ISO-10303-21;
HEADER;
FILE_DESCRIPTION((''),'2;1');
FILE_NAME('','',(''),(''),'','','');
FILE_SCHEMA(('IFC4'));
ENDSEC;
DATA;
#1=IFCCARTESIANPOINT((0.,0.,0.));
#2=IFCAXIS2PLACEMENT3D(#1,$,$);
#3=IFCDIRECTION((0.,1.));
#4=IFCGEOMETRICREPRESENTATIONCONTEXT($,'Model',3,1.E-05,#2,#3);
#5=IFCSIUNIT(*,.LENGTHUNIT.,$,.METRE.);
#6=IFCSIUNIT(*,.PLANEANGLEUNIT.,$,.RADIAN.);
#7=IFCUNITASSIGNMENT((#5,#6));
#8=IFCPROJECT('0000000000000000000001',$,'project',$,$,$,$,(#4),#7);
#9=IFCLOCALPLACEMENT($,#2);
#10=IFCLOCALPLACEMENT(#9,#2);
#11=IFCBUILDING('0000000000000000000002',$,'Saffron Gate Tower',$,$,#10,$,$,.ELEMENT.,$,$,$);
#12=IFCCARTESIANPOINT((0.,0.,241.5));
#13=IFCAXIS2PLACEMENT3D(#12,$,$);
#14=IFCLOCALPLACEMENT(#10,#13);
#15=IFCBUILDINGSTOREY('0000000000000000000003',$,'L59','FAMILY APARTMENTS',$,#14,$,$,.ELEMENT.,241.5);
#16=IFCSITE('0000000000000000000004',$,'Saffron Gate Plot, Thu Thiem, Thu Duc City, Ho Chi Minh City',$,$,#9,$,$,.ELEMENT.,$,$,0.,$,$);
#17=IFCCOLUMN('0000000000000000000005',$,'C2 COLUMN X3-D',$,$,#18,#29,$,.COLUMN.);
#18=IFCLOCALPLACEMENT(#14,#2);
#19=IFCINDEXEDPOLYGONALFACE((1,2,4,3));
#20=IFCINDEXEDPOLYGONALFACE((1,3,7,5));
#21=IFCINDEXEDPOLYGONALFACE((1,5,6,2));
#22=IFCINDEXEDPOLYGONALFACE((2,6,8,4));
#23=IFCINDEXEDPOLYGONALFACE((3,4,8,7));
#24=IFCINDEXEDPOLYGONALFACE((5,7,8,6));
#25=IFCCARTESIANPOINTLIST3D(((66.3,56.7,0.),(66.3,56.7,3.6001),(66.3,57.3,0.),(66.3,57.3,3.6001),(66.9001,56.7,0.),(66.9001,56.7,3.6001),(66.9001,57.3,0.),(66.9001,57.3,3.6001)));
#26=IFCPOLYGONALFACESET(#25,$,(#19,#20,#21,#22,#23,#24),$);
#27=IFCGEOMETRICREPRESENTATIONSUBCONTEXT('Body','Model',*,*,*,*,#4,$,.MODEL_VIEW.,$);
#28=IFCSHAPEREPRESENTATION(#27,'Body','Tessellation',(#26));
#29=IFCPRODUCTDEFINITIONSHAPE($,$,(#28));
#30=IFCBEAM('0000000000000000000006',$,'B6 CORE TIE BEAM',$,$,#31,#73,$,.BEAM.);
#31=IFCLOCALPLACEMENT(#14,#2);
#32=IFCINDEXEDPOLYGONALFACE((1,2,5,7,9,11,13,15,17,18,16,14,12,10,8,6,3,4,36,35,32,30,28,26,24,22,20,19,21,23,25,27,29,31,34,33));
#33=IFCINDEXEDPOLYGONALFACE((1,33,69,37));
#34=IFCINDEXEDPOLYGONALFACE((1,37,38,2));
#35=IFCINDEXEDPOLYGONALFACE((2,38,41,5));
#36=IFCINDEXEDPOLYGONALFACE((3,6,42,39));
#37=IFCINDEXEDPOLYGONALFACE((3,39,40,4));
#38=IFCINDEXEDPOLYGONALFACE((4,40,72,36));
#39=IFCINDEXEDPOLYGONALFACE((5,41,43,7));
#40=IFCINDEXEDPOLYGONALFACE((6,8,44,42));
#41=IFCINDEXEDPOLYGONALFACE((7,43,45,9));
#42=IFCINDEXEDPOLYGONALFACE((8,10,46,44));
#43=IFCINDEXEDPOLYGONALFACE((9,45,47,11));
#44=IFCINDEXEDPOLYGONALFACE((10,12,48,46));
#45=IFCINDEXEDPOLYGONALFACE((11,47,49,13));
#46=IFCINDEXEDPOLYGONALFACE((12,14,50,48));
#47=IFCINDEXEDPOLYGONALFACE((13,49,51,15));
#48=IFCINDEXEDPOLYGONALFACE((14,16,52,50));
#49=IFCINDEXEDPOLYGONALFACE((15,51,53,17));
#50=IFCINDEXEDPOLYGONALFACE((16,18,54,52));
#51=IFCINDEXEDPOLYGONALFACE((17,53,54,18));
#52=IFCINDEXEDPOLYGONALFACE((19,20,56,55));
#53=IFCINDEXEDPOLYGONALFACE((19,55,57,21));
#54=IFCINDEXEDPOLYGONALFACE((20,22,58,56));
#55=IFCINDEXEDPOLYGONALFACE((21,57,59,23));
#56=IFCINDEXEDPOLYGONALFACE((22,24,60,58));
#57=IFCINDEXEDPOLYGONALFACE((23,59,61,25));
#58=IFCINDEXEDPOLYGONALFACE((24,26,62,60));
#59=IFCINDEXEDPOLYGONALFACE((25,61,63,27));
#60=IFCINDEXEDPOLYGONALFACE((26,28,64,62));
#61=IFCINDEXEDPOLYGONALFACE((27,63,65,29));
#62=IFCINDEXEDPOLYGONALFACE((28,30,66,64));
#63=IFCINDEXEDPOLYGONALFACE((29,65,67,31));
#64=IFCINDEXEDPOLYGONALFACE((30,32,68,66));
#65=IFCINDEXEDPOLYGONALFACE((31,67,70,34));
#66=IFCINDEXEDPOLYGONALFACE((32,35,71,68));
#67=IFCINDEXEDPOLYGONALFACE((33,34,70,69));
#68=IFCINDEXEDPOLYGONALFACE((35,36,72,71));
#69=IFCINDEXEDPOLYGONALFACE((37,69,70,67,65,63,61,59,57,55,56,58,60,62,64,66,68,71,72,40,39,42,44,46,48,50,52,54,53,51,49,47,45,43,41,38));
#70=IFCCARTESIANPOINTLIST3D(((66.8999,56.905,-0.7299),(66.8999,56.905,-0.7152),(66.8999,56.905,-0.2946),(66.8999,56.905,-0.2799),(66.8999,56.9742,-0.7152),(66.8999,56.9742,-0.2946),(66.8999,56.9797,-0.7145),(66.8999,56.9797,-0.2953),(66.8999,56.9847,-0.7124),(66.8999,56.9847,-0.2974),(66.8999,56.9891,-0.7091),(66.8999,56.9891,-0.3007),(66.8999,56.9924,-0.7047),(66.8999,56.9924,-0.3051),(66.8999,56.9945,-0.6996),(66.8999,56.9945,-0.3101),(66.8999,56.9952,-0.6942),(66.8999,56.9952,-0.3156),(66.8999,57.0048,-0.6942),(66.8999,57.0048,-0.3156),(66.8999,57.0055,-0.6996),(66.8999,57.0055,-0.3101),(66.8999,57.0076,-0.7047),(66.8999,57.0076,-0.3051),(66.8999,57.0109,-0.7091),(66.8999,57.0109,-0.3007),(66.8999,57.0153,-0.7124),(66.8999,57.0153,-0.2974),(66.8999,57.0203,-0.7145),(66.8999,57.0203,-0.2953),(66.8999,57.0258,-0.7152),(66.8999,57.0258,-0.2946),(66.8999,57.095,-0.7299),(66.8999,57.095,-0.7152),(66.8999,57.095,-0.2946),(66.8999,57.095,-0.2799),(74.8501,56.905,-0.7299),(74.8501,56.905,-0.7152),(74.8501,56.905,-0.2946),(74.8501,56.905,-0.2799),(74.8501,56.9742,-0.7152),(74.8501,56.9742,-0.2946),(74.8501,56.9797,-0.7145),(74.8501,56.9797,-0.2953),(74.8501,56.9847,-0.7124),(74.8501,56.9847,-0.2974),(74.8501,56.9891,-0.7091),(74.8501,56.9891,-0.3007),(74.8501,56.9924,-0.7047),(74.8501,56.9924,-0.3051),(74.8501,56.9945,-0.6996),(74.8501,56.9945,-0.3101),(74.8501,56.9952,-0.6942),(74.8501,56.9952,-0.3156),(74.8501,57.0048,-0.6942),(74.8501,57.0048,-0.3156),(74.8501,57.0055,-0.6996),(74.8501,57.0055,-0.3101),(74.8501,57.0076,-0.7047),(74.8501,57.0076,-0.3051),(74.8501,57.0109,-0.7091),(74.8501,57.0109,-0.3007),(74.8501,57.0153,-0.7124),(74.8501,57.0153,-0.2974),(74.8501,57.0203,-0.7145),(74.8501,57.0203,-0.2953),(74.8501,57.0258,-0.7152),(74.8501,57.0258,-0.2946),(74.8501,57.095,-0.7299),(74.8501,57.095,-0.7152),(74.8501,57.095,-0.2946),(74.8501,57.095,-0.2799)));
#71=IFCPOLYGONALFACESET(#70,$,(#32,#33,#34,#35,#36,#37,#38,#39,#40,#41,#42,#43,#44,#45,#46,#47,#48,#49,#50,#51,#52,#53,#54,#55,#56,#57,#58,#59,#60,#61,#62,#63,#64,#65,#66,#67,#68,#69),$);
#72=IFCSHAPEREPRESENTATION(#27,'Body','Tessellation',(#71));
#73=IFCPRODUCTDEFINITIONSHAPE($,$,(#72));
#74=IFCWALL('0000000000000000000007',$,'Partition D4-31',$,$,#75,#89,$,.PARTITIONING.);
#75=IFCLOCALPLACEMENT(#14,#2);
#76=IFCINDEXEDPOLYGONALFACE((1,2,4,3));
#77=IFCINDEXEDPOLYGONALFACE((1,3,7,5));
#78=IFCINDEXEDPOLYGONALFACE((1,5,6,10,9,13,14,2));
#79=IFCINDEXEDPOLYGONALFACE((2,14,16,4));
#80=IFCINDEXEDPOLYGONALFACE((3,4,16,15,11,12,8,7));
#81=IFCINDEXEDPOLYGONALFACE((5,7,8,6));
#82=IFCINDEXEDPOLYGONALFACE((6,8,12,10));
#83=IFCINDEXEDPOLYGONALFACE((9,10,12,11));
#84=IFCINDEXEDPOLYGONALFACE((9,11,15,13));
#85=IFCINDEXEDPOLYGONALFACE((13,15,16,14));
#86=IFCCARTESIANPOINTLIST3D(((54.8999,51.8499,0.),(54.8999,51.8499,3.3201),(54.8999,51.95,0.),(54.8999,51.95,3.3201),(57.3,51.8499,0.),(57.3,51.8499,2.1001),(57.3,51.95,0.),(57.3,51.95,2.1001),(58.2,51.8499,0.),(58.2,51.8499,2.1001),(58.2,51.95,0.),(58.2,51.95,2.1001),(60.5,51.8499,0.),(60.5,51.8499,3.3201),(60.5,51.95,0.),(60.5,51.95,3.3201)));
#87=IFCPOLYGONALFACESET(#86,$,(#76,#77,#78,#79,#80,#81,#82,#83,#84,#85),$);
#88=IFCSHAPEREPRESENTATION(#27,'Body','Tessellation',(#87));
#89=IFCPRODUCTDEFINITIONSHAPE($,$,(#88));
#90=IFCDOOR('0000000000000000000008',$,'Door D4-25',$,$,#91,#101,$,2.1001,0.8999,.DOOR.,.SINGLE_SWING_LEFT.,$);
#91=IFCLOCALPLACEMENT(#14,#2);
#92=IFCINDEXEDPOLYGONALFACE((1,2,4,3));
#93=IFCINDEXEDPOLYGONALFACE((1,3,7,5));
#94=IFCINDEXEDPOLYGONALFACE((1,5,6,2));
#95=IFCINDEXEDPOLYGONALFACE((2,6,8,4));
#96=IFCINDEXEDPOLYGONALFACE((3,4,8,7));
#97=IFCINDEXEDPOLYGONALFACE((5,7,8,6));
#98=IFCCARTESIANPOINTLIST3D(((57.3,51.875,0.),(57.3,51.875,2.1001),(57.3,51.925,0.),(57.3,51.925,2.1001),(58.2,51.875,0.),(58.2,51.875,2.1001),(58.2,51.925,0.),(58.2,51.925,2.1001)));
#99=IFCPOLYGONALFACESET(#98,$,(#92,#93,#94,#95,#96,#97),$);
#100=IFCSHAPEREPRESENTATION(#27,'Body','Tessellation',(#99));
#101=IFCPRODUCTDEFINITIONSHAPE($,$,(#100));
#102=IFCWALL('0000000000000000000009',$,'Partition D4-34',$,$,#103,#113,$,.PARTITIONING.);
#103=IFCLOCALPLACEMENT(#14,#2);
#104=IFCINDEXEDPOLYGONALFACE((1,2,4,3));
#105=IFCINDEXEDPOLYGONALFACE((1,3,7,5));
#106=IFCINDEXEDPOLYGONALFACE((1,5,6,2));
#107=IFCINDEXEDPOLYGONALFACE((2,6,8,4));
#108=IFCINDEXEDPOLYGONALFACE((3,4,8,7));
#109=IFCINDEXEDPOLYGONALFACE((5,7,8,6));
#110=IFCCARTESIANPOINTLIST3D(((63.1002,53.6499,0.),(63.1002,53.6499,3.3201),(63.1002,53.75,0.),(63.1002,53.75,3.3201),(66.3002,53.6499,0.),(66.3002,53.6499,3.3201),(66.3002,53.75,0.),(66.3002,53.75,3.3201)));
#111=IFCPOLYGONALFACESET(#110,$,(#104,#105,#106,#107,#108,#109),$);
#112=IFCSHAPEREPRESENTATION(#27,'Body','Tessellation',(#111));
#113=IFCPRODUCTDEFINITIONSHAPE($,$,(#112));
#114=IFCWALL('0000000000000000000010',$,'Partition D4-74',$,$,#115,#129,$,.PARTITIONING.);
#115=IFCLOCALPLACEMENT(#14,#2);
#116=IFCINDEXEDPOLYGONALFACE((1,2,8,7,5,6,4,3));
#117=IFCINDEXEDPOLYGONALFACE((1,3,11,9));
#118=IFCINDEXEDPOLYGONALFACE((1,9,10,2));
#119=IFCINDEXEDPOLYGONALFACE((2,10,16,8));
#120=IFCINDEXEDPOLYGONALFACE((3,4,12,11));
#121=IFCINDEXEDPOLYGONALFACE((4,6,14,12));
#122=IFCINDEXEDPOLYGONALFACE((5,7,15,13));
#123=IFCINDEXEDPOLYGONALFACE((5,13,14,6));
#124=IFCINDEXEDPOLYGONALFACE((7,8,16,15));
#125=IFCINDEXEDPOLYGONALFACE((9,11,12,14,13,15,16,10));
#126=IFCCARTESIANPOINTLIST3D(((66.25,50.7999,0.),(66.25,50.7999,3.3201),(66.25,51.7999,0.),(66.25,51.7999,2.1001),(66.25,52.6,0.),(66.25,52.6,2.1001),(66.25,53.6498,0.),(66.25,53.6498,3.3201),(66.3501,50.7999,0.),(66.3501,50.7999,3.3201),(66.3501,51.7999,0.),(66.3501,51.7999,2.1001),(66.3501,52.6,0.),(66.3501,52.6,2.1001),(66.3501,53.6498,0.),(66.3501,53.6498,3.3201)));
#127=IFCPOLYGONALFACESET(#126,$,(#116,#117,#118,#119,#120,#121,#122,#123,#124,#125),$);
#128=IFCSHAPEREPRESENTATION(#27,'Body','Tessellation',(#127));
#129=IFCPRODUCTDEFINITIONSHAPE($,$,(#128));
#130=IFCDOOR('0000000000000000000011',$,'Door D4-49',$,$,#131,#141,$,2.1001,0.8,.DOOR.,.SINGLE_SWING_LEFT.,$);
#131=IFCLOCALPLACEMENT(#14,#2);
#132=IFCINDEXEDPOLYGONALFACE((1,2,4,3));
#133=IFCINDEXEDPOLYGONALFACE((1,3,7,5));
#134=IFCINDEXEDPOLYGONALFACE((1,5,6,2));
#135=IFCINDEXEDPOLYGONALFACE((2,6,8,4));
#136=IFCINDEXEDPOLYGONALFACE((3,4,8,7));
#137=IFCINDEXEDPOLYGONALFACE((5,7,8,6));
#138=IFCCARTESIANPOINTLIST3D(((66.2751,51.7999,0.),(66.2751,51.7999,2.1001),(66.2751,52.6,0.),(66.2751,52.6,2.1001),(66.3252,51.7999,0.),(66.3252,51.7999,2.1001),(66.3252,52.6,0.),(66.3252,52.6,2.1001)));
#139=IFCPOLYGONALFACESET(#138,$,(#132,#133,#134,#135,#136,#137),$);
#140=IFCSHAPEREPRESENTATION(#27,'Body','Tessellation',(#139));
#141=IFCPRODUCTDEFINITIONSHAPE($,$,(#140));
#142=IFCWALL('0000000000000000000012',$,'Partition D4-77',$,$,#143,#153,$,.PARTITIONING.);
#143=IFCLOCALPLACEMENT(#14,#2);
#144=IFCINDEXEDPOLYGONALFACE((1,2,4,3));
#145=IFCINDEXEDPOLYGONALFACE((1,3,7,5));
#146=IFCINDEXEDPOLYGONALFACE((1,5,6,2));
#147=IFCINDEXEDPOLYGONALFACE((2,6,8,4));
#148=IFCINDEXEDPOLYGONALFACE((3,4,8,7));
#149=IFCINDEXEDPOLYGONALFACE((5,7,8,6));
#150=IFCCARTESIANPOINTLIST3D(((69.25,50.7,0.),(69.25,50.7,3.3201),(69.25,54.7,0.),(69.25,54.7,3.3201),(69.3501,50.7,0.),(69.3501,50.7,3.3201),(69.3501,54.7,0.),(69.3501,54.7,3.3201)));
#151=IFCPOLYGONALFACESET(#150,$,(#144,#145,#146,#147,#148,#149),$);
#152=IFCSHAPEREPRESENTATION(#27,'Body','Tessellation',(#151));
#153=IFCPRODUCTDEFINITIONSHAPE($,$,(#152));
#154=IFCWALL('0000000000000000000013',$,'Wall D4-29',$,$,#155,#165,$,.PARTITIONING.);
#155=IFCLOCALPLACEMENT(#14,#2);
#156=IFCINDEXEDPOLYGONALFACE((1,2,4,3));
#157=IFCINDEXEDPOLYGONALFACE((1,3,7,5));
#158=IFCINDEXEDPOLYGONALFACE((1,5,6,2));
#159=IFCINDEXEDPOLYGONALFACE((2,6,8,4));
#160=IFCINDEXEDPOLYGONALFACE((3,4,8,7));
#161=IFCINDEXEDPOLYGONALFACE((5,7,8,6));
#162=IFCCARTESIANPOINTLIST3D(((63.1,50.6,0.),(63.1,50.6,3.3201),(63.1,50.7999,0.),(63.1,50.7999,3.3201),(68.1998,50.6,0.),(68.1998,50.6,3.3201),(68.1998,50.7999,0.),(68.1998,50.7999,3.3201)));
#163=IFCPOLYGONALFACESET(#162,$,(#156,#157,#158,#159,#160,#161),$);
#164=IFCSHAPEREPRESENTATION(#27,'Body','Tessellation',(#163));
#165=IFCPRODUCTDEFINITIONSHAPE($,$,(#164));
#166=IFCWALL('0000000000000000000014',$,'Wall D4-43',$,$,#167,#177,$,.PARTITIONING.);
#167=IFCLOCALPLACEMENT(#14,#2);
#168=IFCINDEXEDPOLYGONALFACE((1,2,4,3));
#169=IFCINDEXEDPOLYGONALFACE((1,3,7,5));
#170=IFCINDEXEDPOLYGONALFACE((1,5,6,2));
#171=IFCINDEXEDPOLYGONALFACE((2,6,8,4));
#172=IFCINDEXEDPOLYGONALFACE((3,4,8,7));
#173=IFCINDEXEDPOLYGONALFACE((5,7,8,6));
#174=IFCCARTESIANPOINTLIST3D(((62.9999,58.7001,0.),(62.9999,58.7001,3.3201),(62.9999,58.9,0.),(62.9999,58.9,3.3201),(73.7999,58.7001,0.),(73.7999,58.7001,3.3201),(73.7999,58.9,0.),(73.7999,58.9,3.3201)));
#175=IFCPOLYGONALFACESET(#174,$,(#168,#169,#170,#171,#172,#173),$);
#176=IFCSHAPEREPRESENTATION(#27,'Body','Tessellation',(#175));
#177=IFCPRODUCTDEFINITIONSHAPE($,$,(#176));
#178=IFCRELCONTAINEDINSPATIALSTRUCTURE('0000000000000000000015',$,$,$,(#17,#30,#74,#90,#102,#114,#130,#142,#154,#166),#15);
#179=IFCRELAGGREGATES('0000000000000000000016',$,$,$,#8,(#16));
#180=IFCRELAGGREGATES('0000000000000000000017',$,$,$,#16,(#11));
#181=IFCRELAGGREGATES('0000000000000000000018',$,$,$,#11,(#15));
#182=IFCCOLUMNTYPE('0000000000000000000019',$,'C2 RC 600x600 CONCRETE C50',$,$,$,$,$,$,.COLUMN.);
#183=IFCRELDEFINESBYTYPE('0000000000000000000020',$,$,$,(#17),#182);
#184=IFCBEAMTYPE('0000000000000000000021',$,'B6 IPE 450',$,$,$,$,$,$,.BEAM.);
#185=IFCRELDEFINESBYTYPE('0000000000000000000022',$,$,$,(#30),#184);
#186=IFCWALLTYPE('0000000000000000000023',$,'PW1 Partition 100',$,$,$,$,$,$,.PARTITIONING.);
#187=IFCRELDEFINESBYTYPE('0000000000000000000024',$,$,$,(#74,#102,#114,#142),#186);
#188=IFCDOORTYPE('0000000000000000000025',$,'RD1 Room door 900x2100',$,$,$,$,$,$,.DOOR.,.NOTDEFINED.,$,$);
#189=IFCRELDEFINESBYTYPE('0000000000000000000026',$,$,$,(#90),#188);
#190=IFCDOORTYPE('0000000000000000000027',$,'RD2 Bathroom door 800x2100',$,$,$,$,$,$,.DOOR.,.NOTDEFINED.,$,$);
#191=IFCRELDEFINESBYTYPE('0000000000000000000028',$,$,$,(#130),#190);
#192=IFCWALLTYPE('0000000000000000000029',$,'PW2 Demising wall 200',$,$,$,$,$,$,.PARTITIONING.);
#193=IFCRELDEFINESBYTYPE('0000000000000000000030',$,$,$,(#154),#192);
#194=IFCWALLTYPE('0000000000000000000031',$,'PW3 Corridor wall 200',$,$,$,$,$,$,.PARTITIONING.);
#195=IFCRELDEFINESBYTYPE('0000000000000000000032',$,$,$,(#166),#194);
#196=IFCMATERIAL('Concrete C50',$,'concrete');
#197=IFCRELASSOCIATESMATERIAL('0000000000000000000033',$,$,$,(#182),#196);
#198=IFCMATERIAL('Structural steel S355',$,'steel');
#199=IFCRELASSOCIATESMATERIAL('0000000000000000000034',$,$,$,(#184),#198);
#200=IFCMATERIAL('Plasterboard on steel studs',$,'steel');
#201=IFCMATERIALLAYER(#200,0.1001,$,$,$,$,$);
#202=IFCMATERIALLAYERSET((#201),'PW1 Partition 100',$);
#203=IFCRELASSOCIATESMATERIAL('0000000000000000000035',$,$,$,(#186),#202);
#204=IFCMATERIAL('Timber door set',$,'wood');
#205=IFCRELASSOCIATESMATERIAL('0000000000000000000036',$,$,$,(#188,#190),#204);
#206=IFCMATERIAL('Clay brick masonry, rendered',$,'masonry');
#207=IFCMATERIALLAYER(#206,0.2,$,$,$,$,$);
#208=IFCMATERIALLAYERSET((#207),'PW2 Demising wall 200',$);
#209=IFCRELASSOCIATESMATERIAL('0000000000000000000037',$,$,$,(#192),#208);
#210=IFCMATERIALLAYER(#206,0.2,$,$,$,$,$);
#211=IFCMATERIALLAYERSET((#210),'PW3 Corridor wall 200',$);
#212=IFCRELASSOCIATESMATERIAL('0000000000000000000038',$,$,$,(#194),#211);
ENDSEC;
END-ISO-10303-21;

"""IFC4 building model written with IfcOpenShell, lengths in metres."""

from ifc_helpers import new_model, si_unit, direction, frame, frame_2d, origin, origin_2d, place, context, subcontext, project, spatial, rectangle, i_section, extrude, material, layer, layer_set, material_profile, profile_set, type_object, element, fill, save


model = new_model("IFC4")

# Units and contexts
model_context = context("Model", 3, precision=1e-05, world=origin(), true_north=direction((0.0, 1.0)))
body_context = subcontext(model_context, "Body", "Model", "MODEL_VIEW")
ifc_project = project(units=[si_unit("LENGTHUNIT", "METRE"), si_unit("PLANEANGLEUNIT", "RADIAN")], contexts=[model_context])

# Site, building, storey
site_placement = place(None, origin())
site = spatial("IfcSite", under=ifc_project, at=site_placement, Name="Saffron Gate Plot, Thu Thiem, Thu Duc City, Ho Chi Minh City", CompositionType="ELEMENT", RefElevation=0.0)
building_placement = place(site_placement, origin())
building = spatial("IfcBuilding", under=site, at=building_placement, Name="Saffron Gate Tower", CompositionType="ELEMENT")
storey_placement = place(building_placement, frame((0.0, 0.0, 241.5)))
storey = spatial("IfcBuildingStorey", under=building, at=storey_placement, Name="L59", Description="FAMILY APARTMENTS", CompositionType="ELEMENT", Elevation=241.5)

# Column
ifc_material_1 = material(Name="Concrete C50", Category="concrete")
ifc_material_profile_1 = material_profile(ifc_material_1, rectangle(XDim=0.6001, YDim=0.6001, at=origin_2d()))
ifc_profile_set_1 = profile_set([ifc_material_profile_1], Name="Concrete C50")
column_type = type_object("IfcColumnType", Name="C2 RC 600x600 CONCRETE C50", PredefinedType="COLUMN", material=ifc_profile_set_1)
column_placement = place(storey_placement, frame((66.6001, 57.0, 0.0), z_axis=(0.0, 0.0, 1.0), x_axis=(1.0, 0.0, 0.0)))
element("IfcColumn", 1, at=column_placement, inside=storey, type_object=column_type, Name="C2 COLUMN X3-D", PredefinedType="COLUMN", context=body_context, shape_type="SweptSolid", body=[
    extrude(rectangle(XDim=0.6001, YDim=0.6001, at=origin_2d()), origin(), (0.0, 0.0, 1.0), 3.6001),
])

# Beam
ifc_material_2 = material(Name="Structural steel S355", Category="steel")
ifc_material_profile_2 = material_profile(ifc_material_2, i_section(OverallWidth=0.1899, OverallDepth=0.45, WebThickness=0.0095, FlangeThickness=0.0146, FilletRadius=0.021, at=origin_2d()))
ifc_profile_set_2 = profile_set([ifc_material_profile_2], Name="Structural steel S355")
beam_type = type_object("IfcBeamType", Name="B6 IPE 450", PredefinedType="BEAM", material=ifc_profile_set_2)
beam_placement = place(storey_placement, frame((66.8999, 57.0, -0.5049), z_axis=(1.0, 0.0, 0.0), x_axis=(0.0, 1.0, 0.0)))
element("IfcBeam", 2, at=beam_placement, inside=storey, type_object=beam_type, Name="B6 CORE TIE BEAM", PredefinedType="BEAM", context=body_context, shape_type="SweptSolid", body=[
    extrude(i_section(OverallWidth=0.1899, OverallDepth=0.45, WebThickness=0.0095, FlangeThickness=0.0146, FilletRadius=0.021, at=origin_2d()), origin(), (0.0, 0.0, 1.0), 7.9502),
])

# Wall, opening, door
ifc_material_3 = material(Name="Plasterboard on steel studs", Category="steel")
ifc_layer_1 = layer(ifc_material_3, 0.1001)
ifc_layer_set_1 = layer_set([ifc_layer_1], Name="PW1 Partition 100")
wall_type_1 = type_object("IfcWallType", Name="PW1 Partition 100", PredefinedType="PARTITIONING", material=ifc_layer_set_1)
wall_1_placement = place(storey_placement, frame((60.5, 51.8999, 0.0), z_axis=(0.0, 0.0, 1.0), x_axis=(-1.0, 0.0, 0.0)))
wall_1 = element("IfcWall", 3, at=wall_1_placement, inside=storey, type_object=wall_type_1, Name="Partition D4-31", PredefinedType="PARTITIONING", context=body_context, shape_type="SweptSolid", body=[
    extrude(rectangle(XDim=5.6001, YDim=0.1001, at=frame_2d((2.8, 0.0))), origin(), (0.0, 0.0, 1.0), 3.3201),
])
opening_1_placement = place(wall_1_placement, frame((2.3, 0.0, 0.0)))
opening_1 = element("IfcOpeningElement", 4, at=opening_1_placement, cuts=wall_1, PredefinedType="OPENING", context=body_context, shape_type="SweptSolid", body=[
    extrude(rectangle(XDim=0.8999, YDim=2.1001, at=frame_2d((0.45, 1.05))), frame((0.0, 0.0601, 0.0), z_axis=(0.0, -1.0, 0.0), x_axis=(1.0, 0.0, 0.0)), (0.0, 0.0, 1.0), 0.1201),
])
ifc_material_4 = material(Name="Timber door set", Category="wood")
door_type_1 = type_object("IfcDoorType", Name="RD1 Room door 900x2100", OperationType="NOTDEFINED", PredefinedType="DOOR", material=ifc_material_4)
door_1_placement = place(opening_1_placement, origin())
door_1 = element("IfcDoor", 5, at=door_1_placement, inside=storey, type_object=door_type_1, Name="Door D4-25", OperationType="SINGLE_SWING_LEFT", OverallHeight=2.1001, OverallWidth=0.8999, PredefinedType="DOOR", context=body_context, shape_type="SweptSolid", body=[
    extrude(rectangle(XDim=0.8999, YDim=2.1001, at=frame_2d((0.45, 1.05))), frame((0.0, 0.0249, 0.0), z_axis=(0.0, -1.0, 0.0), x_axis=(1.0, 0.0, 0.0)), (0.0, 0.0, 1.0), 0.05),
])
fill(opening_1, door_1)

# Wall
wall_2_placement = place(storey_placement, frame((63.1001, 53.7, 0.0), z_axis=(0.0, 0.0, 1.0), x_axis=(1.0, 0.0, 0.0)))
element("IfcWall", 6, at=wall_2_placement, inside=storey, type_object=wall_type_1, Name="Partition D4-34", PredefinedType="PARTITIONING", context=body_context, shape_type="SweptSolid", body=[
    extrude(rectangle(XDim=3.2, YDim=0.1001, at=frame_2d((1.6001, 0.0))), origin(), (0.0, 0.0, 1.0), 3.3201),
])

# Wall, opening, door
wall_3_placement = place(storey_placement, frame((66.3, 50.8, 0.0), z_axis=(0.0, 0.0, 1.0), x_axis=(0.0, 1.0, 0.0)))
wall_3 = element("IfcWall", 7, at=wall_3_placement, inside=storey, type_object=wall_type_1, Name="Partition D4-74", PredefinedType="PARTITIONING", context=body_context, shape_type="SweptSolid", body=[
    extrude(rectangle(XDim=2.8499, YDim=0.1001, at=frame_2d((1.4248, 0.0))), origin(), (0.0, 0.0, 1.0), 3.3201),
])
opening_2_placement = place(wall_3_placement, frame((1.0, 0.0, 0.0)))
opening_2 = element("IfcOpeningElement", 8, at=opening_2_placement, cuts=wall_3, PredefinedType="OPENING", context=body_context, shape_type="SweptSolid", body=[
    extrude(rectangle(XDim=0.8, YDim=2.1001, at=frame_2d((0.3999, 1.05))), frame((0.0, 0.0601, 0.0), z_axis=(0.0, -1.0, 0.0), x_axis=(1.0, 0.0, 0.0)), (0.0, 0.0, 1.0), 0.1201),
])
door_type_2 = type_object("IfcDoorType", Name="RD2 Bathroom door 800x2100", OperationType="NOTDEFINED", PredefinedType="DOOR", material=ifc_material_4)
door_2_placement = place(opening_2_placement, origin())
door_2 = element("IfcDoor", 9, at=door_2_placement, inside=storey, type_object=door_type_2, Name="Door D4-49", OperationType="SINGLE_SWING_LEFT", OverallHeight=2.1001, OverallWidth=0.8, PredefinedType="DOOR", context=body_context, shape_type="SweptSolid", body=[
    extrude(rectangle(XDim=0.8, YDim=2.1001, at=frame_2d((0.3999, 1.05))), frame((0.0, 0.0249, 0.0), z_axis=(0.0, -1.0, 0.0), x_axis=(1.0, 0.0, 0.0)), (0.0, 0.0, 1.0), 0.05),
])
fill(opening_2, door_2)

# Walls
wall_4_placement = place(storey_placement, frame((69.3, 54.7, 0.0), z_axis=(0.0, 0.0, 1.0), x_axis=(0.0, -1.0, 0.0)))
element("IfcWall", 10, at=wall_4_placement, inside=storey, type_object=wall_type_1, Name="Partition D4-77", PredefinedType="PARTITIONING", context=body_context, shape_type="SweptSolid", body=[
    extrude(rectangle(XDim=4.0, YDim=0.1001, at=frame_2d((2.0, 0.0))), origin(), (0.0, 0.0, 1.0), 3.3201),
])
ifc_material_5 = material(Name="Clay brick masonry, rendered", Category="masonry")
ifc_layer_2 = layer(ifc_material_5, 0.2)
ifc_layer_set_2 = layer_set([ifc_layer_2], Name="PW2 Demising wall 200")
wall_type_2 = type_object("IfcWallType", Name="PW2 Demising wall 200", PredefinedType="PARTITIONING", material=ifc_layer_set_2)
wall_5_placement = place(storey_placement, frame((63.1001, 50.7, 0.0), z_axis=(0.0, 0.0, 1.0), x_axis=(1.0, 0.0, 0.0)))
element("IfcWall", 11, at=wall_5_placement, inside=storey, type_object=wall_type_2, Name="Wall D4-29", PredefinedType="PARTITIONING", context=body_context, shape_type="SweptSolid", body=[
    extrude(rectangle(XDim=5.0999, YDim=0.2, at=frame_2d((2.5498, 0.0))), origin(), (0.0, 0.0, 1.0), 3.3201),
])
ifc_layer_3 = layer(ifc_material_5, 0.2)
ifc_layer_set_3 = layer_set([ifc_layer_3], Name="PW3 Corridor wall 200")
wall_type_3 = type_object("IfcWallType", Name="PW3 Corridor wall 200", PredefinedType="PARTITIONING", material=ifc_layer_set_3)
wall_6_placement = place(storey_placement, frame((63.0, 58.8, 0.0), z_axis=(0.0, 0.0, 1.0), x_axis=(1.0, 0.0, 0.0)))
element("IfcWall", 12, at=wall_6_placement, inside=storey, type_object=wall_type_3, Name="Wall D4-43", PredefinedType="PARTITIONING", context=body_context, shape_type="SweptSolid", body=[
    extrude(rectangle(XDim=10.8, YDim=0.2, at=frame_2d((5.3999, 0.0))), origin(), (0.0, 0.0, 1.0), 3.3201),
])

save(model, "model.ifc")
